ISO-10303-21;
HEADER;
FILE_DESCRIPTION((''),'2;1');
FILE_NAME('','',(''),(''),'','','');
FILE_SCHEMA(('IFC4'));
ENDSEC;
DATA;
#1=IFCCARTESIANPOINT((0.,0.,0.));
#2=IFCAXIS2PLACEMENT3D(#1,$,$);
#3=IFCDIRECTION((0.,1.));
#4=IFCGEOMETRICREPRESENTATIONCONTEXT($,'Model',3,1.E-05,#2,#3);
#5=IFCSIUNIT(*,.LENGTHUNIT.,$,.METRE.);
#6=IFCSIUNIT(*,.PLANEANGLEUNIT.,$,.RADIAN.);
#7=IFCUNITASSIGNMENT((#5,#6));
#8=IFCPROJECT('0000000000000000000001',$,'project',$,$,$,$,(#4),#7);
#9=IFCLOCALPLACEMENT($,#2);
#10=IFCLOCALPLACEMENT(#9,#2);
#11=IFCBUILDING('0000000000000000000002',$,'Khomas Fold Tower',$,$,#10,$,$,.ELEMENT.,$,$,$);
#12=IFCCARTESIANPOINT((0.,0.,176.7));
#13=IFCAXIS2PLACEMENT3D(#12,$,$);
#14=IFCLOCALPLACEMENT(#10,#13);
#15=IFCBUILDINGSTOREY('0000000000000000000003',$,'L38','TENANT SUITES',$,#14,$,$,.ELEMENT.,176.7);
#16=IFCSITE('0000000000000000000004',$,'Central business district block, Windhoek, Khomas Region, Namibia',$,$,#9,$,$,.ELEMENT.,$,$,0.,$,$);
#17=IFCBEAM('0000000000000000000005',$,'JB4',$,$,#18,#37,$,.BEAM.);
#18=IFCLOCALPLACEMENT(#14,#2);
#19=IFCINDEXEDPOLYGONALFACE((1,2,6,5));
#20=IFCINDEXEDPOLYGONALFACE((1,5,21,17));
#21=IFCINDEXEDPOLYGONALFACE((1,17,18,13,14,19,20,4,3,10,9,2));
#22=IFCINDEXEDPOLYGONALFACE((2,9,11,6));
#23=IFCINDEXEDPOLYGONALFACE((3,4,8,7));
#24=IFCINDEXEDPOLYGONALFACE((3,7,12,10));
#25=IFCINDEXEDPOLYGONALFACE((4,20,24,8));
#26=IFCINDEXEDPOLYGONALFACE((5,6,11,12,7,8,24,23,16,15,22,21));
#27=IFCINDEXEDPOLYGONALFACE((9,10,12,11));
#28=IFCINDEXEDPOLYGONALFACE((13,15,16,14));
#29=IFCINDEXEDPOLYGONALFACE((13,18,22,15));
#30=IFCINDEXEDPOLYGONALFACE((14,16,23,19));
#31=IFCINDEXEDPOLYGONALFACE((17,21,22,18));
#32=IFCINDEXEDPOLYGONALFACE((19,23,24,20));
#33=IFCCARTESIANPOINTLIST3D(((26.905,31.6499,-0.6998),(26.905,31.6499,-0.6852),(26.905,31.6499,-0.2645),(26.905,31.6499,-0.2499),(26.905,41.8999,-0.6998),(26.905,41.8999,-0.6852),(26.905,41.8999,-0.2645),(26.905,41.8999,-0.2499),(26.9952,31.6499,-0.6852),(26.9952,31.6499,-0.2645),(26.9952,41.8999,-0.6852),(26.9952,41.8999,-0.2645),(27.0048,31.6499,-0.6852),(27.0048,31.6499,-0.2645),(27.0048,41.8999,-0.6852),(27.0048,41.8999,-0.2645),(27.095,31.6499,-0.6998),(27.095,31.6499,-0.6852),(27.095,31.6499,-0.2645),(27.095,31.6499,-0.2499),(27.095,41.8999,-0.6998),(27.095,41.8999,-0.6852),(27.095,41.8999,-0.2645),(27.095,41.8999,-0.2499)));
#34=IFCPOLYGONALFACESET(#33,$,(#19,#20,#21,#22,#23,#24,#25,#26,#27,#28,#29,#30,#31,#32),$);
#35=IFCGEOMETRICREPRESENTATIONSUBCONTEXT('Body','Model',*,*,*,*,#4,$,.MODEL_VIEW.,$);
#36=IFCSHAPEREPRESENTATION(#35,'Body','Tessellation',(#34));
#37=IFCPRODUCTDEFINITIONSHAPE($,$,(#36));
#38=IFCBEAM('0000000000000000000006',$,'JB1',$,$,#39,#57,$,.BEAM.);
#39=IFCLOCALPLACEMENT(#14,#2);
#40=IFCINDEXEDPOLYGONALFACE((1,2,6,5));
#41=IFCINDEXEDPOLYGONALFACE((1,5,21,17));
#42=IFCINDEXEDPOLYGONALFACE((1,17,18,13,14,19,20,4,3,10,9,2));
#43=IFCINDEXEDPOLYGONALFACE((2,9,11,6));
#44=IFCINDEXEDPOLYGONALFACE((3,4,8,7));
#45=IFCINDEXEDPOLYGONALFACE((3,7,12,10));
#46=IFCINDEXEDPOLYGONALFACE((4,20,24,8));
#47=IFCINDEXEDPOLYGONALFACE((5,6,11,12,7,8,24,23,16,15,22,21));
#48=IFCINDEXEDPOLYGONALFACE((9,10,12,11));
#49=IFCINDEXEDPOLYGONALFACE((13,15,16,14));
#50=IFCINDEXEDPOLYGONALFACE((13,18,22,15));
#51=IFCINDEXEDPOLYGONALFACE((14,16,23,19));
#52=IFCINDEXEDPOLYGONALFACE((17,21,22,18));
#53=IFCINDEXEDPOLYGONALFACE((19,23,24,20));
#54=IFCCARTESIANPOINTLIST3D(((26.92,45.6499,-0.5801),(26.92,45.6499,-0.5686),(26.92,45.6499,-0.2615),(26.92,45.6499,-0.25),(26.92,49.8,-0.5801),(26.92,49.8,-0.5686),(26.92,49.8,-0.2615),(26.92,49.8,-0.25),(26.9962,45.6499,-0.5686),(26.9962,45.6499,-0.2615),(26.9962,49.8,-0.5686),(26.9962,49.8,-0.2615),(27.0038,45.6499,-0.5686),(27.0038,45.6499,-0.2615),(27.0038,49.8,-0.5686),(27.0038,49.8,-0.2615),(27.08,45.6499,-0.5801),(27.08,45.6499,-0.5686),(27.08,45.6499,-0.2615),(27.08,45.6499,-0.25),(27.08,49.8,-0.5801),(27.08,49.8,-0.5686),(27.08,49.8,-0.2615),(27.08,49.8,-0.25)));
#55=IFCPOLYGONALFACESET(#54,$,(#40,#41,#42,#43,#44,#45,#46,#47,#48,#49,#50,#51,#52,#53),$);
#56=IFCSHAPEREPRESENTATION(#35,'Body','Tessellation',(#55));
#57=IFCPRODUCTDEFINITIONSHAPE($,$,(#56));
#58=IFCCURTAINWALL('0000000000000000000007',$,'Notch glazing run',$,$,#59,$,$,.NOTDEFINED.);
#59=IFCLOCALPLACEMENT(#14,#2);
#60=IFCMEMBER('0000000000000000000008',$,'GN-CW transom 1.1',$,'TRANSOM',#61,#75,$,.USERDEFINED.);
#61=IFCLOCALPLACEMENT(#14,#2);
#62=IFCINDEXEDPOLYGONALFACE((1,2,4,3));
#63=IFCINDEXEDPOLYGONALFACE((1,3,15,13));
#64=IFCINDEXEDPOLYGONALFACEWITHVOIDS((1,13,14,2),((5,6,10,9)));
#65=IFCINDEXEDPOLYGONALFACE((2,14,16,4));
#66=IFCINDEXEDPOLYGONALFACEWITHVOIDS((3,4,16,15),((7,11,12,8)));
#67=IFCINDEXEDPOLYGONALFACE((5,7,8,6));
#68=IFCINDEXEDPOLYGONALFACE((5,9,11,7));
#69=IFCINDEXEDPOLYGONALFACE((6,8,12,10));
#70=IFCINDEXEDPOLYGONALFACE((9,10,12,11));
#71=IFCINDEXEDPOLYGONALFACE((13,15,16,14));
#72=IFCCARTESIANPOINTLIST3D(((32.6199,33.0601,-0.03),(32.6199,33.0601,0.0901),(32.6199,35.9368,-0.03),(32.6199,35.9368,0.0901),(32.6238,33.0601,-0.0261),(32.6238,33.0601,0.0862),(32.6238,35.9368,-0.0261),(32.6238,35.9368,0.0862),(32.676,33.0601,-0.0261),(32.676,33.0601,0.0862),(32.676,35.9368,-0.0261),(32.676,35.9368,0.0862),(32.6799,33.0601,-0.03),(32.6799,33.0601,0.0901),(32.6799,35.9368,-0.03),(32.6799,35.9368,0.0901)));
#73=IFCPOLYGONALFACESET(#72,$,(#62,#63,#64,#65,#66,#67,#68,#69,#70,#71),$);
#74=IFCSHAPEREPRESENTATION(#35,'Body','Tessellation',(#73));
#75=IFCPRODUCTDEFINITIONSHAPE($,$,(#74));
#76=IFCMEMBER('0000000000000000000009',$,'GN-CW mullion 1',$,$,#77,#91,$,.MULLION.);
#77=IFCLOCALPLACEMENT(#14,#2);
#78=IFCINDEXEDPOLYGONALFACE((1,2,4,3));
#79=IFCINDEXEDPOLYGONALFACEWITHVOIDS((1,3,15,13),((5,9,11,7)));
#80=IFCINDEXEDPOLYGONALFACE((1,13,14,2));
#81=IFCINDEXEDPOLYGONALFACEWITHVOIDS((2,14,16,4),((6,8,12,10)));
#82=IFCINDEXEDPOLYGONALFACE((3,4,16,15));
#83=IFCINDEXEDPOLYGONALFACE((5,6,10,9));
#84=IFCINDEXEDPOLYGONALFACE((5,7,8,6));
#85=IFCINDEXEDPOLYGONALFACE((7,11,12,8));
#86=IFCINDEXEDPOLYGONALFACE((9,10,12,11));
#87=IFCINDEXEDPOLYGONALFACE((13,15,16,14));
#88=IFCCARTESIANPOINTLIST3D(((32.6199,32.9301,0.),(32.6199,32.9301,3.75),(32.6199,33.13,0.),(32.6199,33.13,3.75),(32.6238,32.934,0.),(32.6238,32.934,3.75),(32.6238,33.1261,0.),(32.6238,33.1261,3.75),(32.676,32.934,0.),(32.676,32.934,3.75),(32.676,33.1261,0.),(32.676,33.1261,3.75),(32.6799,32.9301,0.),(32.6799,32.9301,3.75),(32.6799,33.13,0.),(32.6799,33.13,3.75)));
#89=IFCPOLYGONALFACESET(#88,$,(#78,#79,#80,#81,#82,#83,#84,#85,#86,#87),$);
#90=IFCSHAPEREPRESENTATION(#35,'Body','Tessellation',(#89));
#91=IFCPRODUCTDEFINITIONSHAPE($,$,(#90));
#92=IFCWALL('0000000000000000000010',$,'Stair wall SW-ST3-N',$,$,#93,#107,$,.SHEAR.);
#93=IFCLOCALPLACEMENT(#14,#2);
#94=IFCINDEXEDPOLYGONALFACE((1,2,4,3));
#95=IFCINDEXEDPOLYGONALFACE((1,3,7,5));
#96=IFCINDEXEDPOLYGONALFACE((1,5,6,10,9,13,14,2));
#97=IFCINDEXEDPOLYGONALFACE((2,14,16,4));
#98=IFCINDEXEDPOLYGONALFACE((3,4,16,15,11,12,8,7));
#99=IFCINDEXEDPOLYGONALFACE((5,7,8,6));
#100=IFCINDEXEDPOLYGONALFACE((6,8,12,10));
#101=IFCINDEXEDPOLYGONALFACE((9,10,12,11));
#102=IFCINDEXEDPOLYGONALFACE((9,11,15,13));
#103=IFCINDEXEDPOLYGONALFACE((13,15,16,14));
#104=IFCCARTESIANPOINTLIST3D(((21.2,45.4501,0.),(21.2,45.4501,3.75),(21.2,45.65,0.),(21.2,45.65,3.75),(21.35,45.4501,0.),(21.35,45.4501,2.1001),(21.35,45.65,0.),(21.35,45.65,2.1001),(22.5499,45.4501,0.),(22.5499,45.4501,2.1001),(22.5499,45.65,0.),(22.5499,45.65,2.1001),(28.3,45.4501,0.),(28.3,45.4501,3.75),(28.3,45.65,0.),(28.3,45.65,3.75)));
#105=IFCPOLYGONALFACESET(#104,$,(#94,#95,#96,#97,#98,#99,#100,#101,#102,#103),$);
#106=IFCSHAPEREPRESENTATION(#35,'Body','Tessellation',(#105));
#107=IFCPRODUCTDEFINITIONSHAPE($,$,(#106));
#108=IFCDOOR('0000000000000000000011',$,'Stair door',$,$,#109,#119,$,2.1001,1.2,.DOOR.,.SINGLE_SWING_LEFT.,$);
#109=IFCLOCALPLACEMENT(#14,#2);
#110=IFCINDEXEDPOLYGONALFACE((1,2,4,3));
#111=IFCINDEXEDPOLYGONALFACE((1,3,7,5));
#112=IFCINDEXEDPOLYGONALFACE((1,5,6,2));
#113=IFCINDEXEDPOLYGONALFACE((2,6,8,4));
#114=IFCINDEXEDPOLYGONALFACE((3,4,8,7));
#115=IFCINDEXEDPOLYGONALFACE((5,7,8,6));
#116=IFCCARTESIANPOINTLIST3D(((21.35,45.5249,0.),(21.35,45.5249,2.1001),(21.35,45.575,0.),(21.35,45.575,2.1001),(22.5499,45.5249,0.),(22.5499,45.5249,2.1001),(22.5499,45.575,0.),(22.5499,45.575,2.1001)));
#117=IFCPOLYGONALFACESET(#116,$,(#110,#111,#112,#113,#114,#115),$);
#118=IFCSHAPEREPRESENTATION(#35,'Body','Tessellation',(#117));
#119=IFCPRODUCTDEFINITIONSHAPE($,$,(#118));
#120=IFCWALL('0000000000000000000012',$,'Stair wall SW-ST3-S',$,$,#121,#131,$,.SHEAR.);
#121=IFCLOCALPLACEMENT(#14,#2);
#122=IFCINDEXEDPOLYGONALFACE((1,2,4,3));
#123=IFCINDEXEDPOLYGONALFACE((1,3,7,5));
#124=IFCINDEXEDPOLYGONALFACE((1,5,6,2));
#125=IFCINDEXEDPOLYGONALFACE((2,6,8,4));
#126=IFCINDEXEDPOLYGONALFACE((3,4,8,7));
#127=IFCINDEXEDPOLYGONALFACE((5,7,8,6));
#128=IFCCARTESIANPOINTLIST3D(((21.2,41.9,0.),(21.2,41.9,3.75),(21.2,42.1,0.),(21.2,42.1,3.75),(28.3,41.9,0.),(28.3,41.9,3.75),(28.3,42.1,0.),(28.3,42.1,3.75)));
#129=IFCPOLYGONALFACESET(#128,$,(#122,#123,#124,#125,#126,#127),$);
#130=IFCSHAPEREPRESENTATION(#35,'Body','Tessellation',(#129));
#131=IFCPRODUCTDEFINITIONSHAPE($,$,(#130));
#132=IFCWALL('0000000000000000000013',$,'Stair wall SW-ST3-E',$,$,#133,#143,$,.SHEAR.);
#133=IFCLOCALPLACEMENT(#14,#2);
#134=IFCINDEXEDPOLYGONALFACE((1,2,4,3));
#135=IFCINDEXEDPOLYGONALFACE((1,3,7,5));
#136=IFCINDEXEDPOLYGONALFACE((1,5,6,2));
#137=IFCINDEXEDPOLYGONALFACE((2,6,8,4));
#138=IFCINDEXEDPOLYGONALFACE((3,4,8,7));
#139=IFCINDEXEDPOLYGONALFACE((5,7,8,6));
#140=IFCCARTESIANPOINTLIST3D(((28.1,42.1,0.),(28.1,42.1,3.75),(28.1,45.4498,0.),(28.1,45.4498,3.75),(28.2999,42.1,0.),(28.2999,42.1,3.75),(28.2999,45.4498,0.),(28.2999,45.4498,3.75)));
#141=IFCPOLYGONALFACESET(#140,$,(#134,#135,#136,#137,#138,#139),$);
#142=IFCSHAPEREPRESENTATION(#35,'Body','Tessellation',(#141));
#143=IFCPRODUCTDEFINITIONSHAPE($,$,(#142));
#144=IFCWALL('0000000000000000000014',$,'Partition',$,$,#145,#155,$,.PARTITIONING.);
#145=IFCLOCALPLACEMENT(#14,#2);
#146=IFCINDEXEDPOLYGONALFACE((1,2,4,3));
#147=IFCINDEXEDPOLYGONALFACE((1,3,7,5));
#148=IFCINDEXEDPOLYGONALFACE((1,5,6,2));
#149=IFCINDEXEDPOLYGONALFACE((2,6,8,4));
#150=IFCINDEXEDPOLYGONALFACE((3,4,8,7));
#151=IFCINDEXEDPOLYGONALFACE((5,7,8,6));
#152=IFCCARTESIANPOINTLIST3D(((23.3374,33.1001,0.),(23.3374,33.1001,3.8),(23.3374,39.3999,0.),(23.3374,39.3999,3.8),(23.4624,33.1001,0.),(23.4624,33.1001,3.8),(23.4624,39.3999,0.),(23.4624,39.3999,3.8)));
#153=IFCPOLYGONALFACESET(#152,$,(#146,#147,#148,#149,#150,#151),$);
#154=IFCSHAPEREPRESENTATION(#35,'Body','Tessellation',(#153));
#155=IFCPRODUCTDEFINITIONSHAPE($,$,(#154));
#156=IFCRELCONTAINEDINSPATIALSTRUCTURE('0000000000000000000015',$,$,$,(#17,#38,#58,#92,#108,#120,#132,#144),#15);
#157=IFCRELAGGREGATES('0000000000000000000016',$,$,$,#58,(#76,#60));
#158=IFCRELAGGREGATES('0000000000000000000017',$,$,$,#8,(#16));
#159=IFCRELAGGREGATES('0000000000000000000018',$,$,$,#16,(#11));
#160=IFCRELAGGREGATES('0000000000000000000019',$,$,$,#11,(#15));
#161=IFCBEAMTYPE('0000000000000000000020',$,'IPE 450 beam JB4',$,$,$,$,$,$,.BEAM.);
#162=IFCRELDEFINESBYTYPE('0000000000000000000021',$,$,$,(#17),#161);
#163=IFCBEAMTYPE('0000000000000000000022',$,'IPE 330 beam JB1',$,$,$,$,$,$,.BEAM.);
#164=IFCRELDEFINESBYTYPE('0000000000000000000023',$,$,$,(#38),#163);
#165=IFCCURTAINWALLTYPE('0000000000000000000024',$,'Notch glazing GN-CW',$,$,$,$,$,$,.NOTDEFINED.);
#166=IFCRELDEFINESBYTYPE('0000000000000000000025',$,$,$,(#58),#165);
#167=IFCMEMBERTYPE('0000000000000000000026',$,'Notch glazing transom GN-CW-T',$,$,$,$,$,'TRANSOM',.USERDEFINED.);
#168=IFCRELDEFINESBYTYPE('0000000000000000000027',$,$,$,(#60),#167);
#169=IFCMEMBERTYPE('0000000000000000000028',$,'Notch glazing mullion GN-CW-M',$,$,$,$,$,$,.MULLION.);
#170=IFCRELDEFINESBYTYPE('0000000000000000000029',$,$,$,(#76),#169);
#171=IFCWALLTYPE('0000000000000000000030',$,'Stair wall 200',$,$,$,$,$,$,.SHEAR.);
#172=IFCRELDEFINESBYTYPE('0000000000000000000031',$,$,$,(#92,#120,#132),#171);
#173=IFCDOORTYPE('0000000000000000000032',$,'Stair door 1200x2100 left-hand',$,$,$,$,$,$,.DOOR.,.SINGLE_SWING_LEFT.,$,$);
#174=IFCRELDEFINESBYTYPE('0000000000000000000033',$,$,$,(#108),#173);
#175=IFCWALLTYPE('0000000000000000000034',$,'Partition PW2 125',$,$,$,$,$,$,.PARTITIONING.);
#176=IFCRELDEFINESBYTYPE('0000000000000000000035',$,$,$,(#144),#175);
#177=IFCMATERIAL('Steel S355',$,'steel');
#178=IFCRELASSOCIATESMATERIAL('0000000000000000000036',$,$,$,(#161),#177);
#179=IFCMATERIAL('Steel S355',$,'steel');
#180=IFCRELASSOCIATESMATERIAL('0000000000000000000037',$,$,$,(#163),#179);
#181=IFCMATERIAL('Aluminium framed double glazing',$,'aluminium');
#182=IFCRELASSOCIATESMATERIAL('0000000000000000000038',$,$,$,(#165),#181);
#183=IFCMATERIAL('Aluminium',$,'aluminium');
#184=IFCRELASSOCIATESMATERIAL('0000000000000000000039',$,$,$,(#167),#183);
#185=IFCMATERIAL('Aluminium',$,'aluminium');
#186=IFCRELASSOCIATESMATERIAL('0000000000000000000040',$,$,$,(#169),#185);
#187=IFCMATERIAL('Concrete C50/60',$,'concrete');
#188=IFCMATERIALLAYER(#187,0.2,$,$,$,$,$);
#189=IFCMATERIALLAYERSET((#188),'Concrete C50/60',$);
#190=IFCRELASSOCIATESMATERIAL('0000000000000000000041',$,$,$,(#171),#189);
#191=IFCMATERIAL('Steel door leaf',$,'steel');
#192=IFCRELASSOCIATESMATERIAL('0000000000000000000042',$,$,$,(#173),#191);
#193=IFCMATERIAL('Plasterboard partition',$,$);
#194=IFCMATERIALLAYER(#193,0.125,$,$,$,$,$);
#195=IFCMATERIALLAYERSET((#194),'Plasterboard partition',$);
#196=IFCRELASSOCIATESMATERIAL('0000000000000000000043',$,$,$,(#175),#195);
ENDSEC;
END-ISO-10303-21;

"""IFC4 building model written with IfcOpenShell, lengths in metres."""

from ifc_helpers import new_model, si_unit, direction, frame, frame_2d, origin, origin_2d, place, context, subcontext, project, spatial, rectangle, hollow_rectangle, i_section, extrude, source, transform, mapped, material, layer, layer_set, material_profile, profile_set, type_object, element, fill, aggregate, save


model = new_model("IFC4")

# Units and contexts
model_context = context("Model", 3, precision=1e-05, world=origin(), true_north=direction((0.0, 1.0)))
body_context = subcontext(model_context, "Body", "Model", "MODEL_VIEW")
ifc_project = project(units=[si_unit("LENGTHUNIT", "METRE"), si_unit("PLANEANGLEUNIT", "RADIAN")], contexts=[model_context])

# Site, building, storey
site_placement = place(None, origin())
site = spatial("IfcSite", under=ifc_project, at=site_placement, Name="Central business district block, Windhoek, Khomas Region, Namibia", CompositionType="ELEMENT", RefElevation=0.0)
building_placement = place(site_placement, origin())
building = spatial("IfcBuilding", under=site, at=building_placement, Name="Khomas Fold Tower", CompositionType="ELEMENT")
storey_placement = place(building_placement, frame((0.0, 0.0, 176.7)))
storey = spatial("IfcBuildingStorey", under=building, at=storey_placement, Name="L38", Description="TENANT SUITES", CompositionType="ELEMENT", Elevation=176.7)

# Beams
ifc_material_1 = material(Name="Steel S355", Category="steel")
ifc_material_profile_1 = material_profile(ifc_material_1, i_section(OverallWidth=0.1899, OverallDepth=0.45, WebThickness=0.0095, FlangeThickness=0.0146, at=origin_2d()), Name="IPE 450")
ifc_profile_set_1 = profile_set([ifc_material_profile_1], Name="Steel S355")
beam_type_1 = type_object("IfcBeamType", Name="IPE 450 beam JB4", PredefinedType="BEAM", material=ifc_profile_set_1)
shared_shape_1 = source(origin(), body_context, "Body", "SweptSolid", [
    extrude(i_section(OverallWidth=0.1899, OverallDepth=0.45, WebThickness=0.0095, FlangeThickness=0.0146, at=origin_2d()), origin(), (0.0, 0.0, 1.0), 10.25),
])
beam_1_placement = place(storey_placement, frame((27.0, 31.6499, -0.4749), z_axis=(0.0, 1.0, 0.0), x_axis=(-1.0, 0.0, 0.0)))
element("IfcBeam", 1, at=beam_1_placement, inside=storey, type_object=beam_type_1, Name="JB4", PredefinedType="BEAM", context=body_context, shape_type="MappedRepresentation", body=[
    mapped(shared_shape_1, transform((0.0, 0.0, 0.0))),
])
ifc_material_2 = material(Name="Steel S355", Category="steel")
ifc_material_profile_2 = material_profile(ifc_material_2, i_section(OverallWidth=0.1599, OverallDepth=0.3301, WebThickness=0.0076, FlangeThickness=0.0115, at=origin_2d()), Name="IPE 330")
ifc_profile_set_2 = profile_set([ifc_material_profile_2], Name="Steel S355")
beam_type_2 = type_object("IfcBeamType", Name="IPE 330 beam JB1", PredefinedType="BEAM", material=ifc_profile_set_2)
shared_shape_2 = source(origin(), body_context, "Body", "SweptSolid", [
    extrude(i_section(OverallWidth=0.1599, OverallDepth=0.3301, WebThickness=0.0076, FlangeThickness=0.0115, at=origin_2d()), origin(), (0.0, 0.0, 1.0), 4.1501),
])
beam_2_placement = place(storey_placement, frame((27.0, 45.6499, -0.415), z_axis=(0.0, 1.0, 0.0), x_axis=(-1.0, 0.0, 0.0)))
element("IfcBeam", 2, at=beam_2_placement, inside=storey, type_object=beam_type_2, Name="JB1", PredefinedType="BEAM", context=body_context, shape_type="MappedRepresentation", body=[
    mapped(shared_shape_2, transform((0.0, 0.0, 0.0))),
])

# Curtain wall, members
ifc_material_3 = material(Name="Aluminium framed double glazing", Category="aluminium")
curtain_wall_type = type_object("IfcCurtainWallType", Name="Notch glazing GN-CW", PredefinedType="NOTDEFINED", material=ifc_material_3)
curtain_wall_placement = place(storey_placement, origin())
curtain_wall = element("IfcCurtainWall", 3, at=curtain_wall_placement, inside=storey, type_object=curtain_wall_type, Name="Notch glazing run", PredefinedType="NOTDEFINED")
ifc_material_4 = material(Name="Aluminium", Category="aluminium")
ifc_material_profile_3 = material_profile(ifc_material_4, hollow_rectangle(XDim=0.0601, YDim=0.1201, WallThickness=0.0039, at=origin_2d()), Name="Notch glazing transom GN-CW-T")
ifc_profile_set_3 = profile_set([ifc_material_profile_3], Name="Aluminium")
member_type_1 = type_object("IfcMemberType", Name="Notch glazing transom GN-CW-T", ElementType="TRANSOM", PredefinedType="USERDEFINED", material=ifc_profile_set_3)
shared_shape_3 = source(origin(), body_context, "Body", "SweptSolid", [
    extrude(hollow_rectangle(XDim=0.0601, YDim=0.1201, WallThickness=0.0039, at=origin_2d()), origin(), (0.0, 0.0, 1.0), 2.8767),
])
member_1_placement = place(storey_placement, frame((32.6499, 33.0601, 0.03), z_axis=(0.0, 1.0, 0.0), x_axis=(-1.0, 0.0, 0.0)))
member_1 = element("IfcMember", 4, at=member_1_placement, type_object=member_type_1, Name="GN-CW transom 1.1", ObjectType="TRANSOM", PredefinedType="USERDEFINED", context=body_context, shape_type="MappedRepresentation", body=[
    mapped(shared_shape_3, transform((0.0, 0.0, 0.0))),
])
ifc_material_5 = material(Name="Aluminium", Category="aluminium")
ifc_material_profile_4 = material_profile(ifc_material_5, hollow_rectangle(XDim=0.0601, YDim=0.2, WallThickness=0.0039, at=origin_2d()), Name="Notch glazing mullion GN-CW-M")
ifc_profile_set_4 = profile_set([ifc_material_profile_4], Name="Aluminium")
member_type_2 = type_object("IfcMemberType", Name="Notch glazing mullion GN-CW-M", PredefinedType="MULLION", material=ifc_profile_set_4)
shared_shape_4 = source(origin(), body_context, "Body", "SweptSolid", [
    extrude(hollow_rectangle(XDim=0.0601, YDim=0.2, WallThickness=0.0039, at=origin_2d()), origin(), (0.0, 0.0, 1.0), 3.75),
])
member_2_placement = place(storey_placement, frame((32.6499, 33.03, 0.0), z_axis=(0.0, 0.0, 1.0), x_axis=(-1.0, 0.0, 0.0)))
member_2 = element("IfcMember", 5, at=member_2_placement, type_object=member_type_2, Name="GN-CW mullion 1", PredefinedType="MULLION", context=body_context, shape_type="MappedRepresentation", body=[
    mapped(shared_shape_4, transform((0.0, 0.0, 0.0))),
])
aggregate(curtain_wall, [member_2, member_1])

# Wall, opening, door
ifc_material_6 = material(Name="Concrete C50/60", Category="concrete")
ifc_layer_1 = layer(ifc_material_6, 0.2)
ifc_layer_set_1 = layer_set([ifc_layer_1], Name="Concrete C50/60")
wall_type_1 = type_object("IfcWallType", Name="Stair wall 200", PredefinedType="SHEAR", material=ifc_layer_set_1)
shared_shape_5 = source(origin(), body_context, "Body", "SweptSolid", [
    extrude(rectangle(XDim=7.1001, YDim=0.2, at=frame_2d((3.55, 0.0))), origin(), (0.0, 0.0, 1.0), 3.75),
])
wall_1_placement = place(storey_placement, frame((21.2, 45.55, 0.0), z_axis=(0.0, 0.0, 1.0), x_axis=(1.0, 0.0, 0.0)))
wall_1 = element("IfcWall", 6, at=wall_1_placement, inside=storey, type_object=wall_type_1, Name="Stair wall SW-ST3-N", PredefinedType="SHEAR", context=body_context, shape_type="MappedRepresentation", body=[
    mapped(shared_shape_5, transform((0.0, 0.0, 0.0))),
])
shared_shape_6 = source(origin(), body_context, "Body", "SweptSolid", [
    extrude(rectangle(XDim=1.2, YDim=2.1001, at=frame_2d((0.6001, 1.05))), frame((0.0, 0.1099, 0.0), z_axis=(0.0, -1.0, 0.0), x_axis=(1.0, 0.0, 0.0)), (0.0, 0.0, 1.0), 0.22),
])
opening_1_placement = place(wall_1_placement, frame((0.1499, 0.0, 0.0)))
opening_1 = element("IfcOpeningElement", 7, at=opening_1_placement, cuts=wall_1, PredefinedType="OPENING", context=body_context, shape_type="MappedRepresentation", body=[
    mapped(shared_shape_6, transform((0.0, 0.0, 0.0))),
])
ifc_material_7 = material(Name="Steel door leaf", Category="steel")
door_type_1 = type_object("IfcDoorType", Name="Stair door 1200x2100 left-hand", OperationType="SINGLE_SWING_LEFT", PredefinedType="DOOR", material=ifc_material_7)
shared_shape_7 = source(origin(), body_context, "Body", "SweptSolid", [
    extrude(rectangle(XDim=1.2, YDim=2.1001, at=frame_2d((0.6001, 1.05))), frame((0.0, 0.0249, 0.0), z_axis=(0.0, -1.0, 0.0), x_axis=(1.0, 0.0, 0.0)), (0.0, 0.0, 1.0), 0.05),
])
door_1_placement = place(opening_1_placement, origin())
door_1 = element("IfcDoor", 8, at=door_1_placement, inside=storey, type_object=door_type_1, Name="Stair door", OperationType="SINGLE_SWING_LEFT", OverallHeight=2.1001, OverallWidth=1.2, PredefinedType="DOOR", context=body_context, shape_type="MappedRepresentation", body=[
    mapped(shared_shape_7, transform((0.0, 0.0, 0.0))),
])
fill(opening_1, door_1)

# Walls
wall_2_placement = place(storey_placement, frame((21.2, 42.0, 0.0), z_axis=(0.0, 0.0, 1.0), x_axis=(1.0, 0.0, 0.0)))
element("IfcWall", 9, at=wall_2_placement, inside=storey, type_object=wall_type_1, Name="Stair wall SW-ST3-S", PredefinedType="SHEAR", context=body_context, shape_type="MappedRepresentation", body=[
    mapped(shared_shape_5, transform((0.0, 0.0, 0.0))),
])
shared_shape_8 = source(origin(), body_context, "Body", "SweptSolid", [
    extrude(rectangle(XDim=3.3499, YDim=0.2, at=frame_2d((1.6748, 0.0))), origin(), (0.0, 0.0, 1.0), 3.75),
])
wall_3_placement = place(storey_placement, frame((28.2, 42.1001, 0.0), z_axis=(0.0, 0.0, 1.0), x_axis=(0.0, 1.0, 0.0)))
element("IfcWall", 10, at=wall_3_placement, inside=storey, type_object=wall_type_1, Name="Stair wall SW-ST3-E", PredefinedType="SHEAR", context=body_context, shape_type="MappedRepresentation", body=[
    mapped(shared_shape_8, transform((0.0, 0.0, 0.0))),
])
ifc_material_8 = material(Name="Plasterboard partition")
ifc_layer_2 = layer(ifc_material_8, 0.125)
ifc_layer_set_2 = layer_set([ifc_layer_2], Name="Plasterboard partition")
wall_type_2 = type_object("IfcWallType", Name="Partition PW2 125", PredefinedType="PARTITIONING", material=ifc_layer_set_2)
shared_shape_9 = source(origin(), body_context, "Body", "SweptSolid", [
    extrude(rectangle(XDim=6.2998, YDim=0.125, at=frame_2d((3.1499, 0.0))), origin(), (0.0, 0.0, 1.0), 3.8),
])
wall_4_placement = place(storey_placement, frame((23.3999, 33.1001, 0.0), z_axis=(0.0, 0.0, 1.0), x_axis=(0.0, 1.0, 0.0)))
element("IfcWall", 11, at=wall_4_placement, inside=storey, type_object=wall_type_2, Name="Partition", PredefinedType="PARTITIONING", context=body_context, shape_type="MappedRepresentation", body=[
    mapped(shared_shape_9, transform((0.0, 0.0, 0.0))),
])

save(model, "model.ifc")
